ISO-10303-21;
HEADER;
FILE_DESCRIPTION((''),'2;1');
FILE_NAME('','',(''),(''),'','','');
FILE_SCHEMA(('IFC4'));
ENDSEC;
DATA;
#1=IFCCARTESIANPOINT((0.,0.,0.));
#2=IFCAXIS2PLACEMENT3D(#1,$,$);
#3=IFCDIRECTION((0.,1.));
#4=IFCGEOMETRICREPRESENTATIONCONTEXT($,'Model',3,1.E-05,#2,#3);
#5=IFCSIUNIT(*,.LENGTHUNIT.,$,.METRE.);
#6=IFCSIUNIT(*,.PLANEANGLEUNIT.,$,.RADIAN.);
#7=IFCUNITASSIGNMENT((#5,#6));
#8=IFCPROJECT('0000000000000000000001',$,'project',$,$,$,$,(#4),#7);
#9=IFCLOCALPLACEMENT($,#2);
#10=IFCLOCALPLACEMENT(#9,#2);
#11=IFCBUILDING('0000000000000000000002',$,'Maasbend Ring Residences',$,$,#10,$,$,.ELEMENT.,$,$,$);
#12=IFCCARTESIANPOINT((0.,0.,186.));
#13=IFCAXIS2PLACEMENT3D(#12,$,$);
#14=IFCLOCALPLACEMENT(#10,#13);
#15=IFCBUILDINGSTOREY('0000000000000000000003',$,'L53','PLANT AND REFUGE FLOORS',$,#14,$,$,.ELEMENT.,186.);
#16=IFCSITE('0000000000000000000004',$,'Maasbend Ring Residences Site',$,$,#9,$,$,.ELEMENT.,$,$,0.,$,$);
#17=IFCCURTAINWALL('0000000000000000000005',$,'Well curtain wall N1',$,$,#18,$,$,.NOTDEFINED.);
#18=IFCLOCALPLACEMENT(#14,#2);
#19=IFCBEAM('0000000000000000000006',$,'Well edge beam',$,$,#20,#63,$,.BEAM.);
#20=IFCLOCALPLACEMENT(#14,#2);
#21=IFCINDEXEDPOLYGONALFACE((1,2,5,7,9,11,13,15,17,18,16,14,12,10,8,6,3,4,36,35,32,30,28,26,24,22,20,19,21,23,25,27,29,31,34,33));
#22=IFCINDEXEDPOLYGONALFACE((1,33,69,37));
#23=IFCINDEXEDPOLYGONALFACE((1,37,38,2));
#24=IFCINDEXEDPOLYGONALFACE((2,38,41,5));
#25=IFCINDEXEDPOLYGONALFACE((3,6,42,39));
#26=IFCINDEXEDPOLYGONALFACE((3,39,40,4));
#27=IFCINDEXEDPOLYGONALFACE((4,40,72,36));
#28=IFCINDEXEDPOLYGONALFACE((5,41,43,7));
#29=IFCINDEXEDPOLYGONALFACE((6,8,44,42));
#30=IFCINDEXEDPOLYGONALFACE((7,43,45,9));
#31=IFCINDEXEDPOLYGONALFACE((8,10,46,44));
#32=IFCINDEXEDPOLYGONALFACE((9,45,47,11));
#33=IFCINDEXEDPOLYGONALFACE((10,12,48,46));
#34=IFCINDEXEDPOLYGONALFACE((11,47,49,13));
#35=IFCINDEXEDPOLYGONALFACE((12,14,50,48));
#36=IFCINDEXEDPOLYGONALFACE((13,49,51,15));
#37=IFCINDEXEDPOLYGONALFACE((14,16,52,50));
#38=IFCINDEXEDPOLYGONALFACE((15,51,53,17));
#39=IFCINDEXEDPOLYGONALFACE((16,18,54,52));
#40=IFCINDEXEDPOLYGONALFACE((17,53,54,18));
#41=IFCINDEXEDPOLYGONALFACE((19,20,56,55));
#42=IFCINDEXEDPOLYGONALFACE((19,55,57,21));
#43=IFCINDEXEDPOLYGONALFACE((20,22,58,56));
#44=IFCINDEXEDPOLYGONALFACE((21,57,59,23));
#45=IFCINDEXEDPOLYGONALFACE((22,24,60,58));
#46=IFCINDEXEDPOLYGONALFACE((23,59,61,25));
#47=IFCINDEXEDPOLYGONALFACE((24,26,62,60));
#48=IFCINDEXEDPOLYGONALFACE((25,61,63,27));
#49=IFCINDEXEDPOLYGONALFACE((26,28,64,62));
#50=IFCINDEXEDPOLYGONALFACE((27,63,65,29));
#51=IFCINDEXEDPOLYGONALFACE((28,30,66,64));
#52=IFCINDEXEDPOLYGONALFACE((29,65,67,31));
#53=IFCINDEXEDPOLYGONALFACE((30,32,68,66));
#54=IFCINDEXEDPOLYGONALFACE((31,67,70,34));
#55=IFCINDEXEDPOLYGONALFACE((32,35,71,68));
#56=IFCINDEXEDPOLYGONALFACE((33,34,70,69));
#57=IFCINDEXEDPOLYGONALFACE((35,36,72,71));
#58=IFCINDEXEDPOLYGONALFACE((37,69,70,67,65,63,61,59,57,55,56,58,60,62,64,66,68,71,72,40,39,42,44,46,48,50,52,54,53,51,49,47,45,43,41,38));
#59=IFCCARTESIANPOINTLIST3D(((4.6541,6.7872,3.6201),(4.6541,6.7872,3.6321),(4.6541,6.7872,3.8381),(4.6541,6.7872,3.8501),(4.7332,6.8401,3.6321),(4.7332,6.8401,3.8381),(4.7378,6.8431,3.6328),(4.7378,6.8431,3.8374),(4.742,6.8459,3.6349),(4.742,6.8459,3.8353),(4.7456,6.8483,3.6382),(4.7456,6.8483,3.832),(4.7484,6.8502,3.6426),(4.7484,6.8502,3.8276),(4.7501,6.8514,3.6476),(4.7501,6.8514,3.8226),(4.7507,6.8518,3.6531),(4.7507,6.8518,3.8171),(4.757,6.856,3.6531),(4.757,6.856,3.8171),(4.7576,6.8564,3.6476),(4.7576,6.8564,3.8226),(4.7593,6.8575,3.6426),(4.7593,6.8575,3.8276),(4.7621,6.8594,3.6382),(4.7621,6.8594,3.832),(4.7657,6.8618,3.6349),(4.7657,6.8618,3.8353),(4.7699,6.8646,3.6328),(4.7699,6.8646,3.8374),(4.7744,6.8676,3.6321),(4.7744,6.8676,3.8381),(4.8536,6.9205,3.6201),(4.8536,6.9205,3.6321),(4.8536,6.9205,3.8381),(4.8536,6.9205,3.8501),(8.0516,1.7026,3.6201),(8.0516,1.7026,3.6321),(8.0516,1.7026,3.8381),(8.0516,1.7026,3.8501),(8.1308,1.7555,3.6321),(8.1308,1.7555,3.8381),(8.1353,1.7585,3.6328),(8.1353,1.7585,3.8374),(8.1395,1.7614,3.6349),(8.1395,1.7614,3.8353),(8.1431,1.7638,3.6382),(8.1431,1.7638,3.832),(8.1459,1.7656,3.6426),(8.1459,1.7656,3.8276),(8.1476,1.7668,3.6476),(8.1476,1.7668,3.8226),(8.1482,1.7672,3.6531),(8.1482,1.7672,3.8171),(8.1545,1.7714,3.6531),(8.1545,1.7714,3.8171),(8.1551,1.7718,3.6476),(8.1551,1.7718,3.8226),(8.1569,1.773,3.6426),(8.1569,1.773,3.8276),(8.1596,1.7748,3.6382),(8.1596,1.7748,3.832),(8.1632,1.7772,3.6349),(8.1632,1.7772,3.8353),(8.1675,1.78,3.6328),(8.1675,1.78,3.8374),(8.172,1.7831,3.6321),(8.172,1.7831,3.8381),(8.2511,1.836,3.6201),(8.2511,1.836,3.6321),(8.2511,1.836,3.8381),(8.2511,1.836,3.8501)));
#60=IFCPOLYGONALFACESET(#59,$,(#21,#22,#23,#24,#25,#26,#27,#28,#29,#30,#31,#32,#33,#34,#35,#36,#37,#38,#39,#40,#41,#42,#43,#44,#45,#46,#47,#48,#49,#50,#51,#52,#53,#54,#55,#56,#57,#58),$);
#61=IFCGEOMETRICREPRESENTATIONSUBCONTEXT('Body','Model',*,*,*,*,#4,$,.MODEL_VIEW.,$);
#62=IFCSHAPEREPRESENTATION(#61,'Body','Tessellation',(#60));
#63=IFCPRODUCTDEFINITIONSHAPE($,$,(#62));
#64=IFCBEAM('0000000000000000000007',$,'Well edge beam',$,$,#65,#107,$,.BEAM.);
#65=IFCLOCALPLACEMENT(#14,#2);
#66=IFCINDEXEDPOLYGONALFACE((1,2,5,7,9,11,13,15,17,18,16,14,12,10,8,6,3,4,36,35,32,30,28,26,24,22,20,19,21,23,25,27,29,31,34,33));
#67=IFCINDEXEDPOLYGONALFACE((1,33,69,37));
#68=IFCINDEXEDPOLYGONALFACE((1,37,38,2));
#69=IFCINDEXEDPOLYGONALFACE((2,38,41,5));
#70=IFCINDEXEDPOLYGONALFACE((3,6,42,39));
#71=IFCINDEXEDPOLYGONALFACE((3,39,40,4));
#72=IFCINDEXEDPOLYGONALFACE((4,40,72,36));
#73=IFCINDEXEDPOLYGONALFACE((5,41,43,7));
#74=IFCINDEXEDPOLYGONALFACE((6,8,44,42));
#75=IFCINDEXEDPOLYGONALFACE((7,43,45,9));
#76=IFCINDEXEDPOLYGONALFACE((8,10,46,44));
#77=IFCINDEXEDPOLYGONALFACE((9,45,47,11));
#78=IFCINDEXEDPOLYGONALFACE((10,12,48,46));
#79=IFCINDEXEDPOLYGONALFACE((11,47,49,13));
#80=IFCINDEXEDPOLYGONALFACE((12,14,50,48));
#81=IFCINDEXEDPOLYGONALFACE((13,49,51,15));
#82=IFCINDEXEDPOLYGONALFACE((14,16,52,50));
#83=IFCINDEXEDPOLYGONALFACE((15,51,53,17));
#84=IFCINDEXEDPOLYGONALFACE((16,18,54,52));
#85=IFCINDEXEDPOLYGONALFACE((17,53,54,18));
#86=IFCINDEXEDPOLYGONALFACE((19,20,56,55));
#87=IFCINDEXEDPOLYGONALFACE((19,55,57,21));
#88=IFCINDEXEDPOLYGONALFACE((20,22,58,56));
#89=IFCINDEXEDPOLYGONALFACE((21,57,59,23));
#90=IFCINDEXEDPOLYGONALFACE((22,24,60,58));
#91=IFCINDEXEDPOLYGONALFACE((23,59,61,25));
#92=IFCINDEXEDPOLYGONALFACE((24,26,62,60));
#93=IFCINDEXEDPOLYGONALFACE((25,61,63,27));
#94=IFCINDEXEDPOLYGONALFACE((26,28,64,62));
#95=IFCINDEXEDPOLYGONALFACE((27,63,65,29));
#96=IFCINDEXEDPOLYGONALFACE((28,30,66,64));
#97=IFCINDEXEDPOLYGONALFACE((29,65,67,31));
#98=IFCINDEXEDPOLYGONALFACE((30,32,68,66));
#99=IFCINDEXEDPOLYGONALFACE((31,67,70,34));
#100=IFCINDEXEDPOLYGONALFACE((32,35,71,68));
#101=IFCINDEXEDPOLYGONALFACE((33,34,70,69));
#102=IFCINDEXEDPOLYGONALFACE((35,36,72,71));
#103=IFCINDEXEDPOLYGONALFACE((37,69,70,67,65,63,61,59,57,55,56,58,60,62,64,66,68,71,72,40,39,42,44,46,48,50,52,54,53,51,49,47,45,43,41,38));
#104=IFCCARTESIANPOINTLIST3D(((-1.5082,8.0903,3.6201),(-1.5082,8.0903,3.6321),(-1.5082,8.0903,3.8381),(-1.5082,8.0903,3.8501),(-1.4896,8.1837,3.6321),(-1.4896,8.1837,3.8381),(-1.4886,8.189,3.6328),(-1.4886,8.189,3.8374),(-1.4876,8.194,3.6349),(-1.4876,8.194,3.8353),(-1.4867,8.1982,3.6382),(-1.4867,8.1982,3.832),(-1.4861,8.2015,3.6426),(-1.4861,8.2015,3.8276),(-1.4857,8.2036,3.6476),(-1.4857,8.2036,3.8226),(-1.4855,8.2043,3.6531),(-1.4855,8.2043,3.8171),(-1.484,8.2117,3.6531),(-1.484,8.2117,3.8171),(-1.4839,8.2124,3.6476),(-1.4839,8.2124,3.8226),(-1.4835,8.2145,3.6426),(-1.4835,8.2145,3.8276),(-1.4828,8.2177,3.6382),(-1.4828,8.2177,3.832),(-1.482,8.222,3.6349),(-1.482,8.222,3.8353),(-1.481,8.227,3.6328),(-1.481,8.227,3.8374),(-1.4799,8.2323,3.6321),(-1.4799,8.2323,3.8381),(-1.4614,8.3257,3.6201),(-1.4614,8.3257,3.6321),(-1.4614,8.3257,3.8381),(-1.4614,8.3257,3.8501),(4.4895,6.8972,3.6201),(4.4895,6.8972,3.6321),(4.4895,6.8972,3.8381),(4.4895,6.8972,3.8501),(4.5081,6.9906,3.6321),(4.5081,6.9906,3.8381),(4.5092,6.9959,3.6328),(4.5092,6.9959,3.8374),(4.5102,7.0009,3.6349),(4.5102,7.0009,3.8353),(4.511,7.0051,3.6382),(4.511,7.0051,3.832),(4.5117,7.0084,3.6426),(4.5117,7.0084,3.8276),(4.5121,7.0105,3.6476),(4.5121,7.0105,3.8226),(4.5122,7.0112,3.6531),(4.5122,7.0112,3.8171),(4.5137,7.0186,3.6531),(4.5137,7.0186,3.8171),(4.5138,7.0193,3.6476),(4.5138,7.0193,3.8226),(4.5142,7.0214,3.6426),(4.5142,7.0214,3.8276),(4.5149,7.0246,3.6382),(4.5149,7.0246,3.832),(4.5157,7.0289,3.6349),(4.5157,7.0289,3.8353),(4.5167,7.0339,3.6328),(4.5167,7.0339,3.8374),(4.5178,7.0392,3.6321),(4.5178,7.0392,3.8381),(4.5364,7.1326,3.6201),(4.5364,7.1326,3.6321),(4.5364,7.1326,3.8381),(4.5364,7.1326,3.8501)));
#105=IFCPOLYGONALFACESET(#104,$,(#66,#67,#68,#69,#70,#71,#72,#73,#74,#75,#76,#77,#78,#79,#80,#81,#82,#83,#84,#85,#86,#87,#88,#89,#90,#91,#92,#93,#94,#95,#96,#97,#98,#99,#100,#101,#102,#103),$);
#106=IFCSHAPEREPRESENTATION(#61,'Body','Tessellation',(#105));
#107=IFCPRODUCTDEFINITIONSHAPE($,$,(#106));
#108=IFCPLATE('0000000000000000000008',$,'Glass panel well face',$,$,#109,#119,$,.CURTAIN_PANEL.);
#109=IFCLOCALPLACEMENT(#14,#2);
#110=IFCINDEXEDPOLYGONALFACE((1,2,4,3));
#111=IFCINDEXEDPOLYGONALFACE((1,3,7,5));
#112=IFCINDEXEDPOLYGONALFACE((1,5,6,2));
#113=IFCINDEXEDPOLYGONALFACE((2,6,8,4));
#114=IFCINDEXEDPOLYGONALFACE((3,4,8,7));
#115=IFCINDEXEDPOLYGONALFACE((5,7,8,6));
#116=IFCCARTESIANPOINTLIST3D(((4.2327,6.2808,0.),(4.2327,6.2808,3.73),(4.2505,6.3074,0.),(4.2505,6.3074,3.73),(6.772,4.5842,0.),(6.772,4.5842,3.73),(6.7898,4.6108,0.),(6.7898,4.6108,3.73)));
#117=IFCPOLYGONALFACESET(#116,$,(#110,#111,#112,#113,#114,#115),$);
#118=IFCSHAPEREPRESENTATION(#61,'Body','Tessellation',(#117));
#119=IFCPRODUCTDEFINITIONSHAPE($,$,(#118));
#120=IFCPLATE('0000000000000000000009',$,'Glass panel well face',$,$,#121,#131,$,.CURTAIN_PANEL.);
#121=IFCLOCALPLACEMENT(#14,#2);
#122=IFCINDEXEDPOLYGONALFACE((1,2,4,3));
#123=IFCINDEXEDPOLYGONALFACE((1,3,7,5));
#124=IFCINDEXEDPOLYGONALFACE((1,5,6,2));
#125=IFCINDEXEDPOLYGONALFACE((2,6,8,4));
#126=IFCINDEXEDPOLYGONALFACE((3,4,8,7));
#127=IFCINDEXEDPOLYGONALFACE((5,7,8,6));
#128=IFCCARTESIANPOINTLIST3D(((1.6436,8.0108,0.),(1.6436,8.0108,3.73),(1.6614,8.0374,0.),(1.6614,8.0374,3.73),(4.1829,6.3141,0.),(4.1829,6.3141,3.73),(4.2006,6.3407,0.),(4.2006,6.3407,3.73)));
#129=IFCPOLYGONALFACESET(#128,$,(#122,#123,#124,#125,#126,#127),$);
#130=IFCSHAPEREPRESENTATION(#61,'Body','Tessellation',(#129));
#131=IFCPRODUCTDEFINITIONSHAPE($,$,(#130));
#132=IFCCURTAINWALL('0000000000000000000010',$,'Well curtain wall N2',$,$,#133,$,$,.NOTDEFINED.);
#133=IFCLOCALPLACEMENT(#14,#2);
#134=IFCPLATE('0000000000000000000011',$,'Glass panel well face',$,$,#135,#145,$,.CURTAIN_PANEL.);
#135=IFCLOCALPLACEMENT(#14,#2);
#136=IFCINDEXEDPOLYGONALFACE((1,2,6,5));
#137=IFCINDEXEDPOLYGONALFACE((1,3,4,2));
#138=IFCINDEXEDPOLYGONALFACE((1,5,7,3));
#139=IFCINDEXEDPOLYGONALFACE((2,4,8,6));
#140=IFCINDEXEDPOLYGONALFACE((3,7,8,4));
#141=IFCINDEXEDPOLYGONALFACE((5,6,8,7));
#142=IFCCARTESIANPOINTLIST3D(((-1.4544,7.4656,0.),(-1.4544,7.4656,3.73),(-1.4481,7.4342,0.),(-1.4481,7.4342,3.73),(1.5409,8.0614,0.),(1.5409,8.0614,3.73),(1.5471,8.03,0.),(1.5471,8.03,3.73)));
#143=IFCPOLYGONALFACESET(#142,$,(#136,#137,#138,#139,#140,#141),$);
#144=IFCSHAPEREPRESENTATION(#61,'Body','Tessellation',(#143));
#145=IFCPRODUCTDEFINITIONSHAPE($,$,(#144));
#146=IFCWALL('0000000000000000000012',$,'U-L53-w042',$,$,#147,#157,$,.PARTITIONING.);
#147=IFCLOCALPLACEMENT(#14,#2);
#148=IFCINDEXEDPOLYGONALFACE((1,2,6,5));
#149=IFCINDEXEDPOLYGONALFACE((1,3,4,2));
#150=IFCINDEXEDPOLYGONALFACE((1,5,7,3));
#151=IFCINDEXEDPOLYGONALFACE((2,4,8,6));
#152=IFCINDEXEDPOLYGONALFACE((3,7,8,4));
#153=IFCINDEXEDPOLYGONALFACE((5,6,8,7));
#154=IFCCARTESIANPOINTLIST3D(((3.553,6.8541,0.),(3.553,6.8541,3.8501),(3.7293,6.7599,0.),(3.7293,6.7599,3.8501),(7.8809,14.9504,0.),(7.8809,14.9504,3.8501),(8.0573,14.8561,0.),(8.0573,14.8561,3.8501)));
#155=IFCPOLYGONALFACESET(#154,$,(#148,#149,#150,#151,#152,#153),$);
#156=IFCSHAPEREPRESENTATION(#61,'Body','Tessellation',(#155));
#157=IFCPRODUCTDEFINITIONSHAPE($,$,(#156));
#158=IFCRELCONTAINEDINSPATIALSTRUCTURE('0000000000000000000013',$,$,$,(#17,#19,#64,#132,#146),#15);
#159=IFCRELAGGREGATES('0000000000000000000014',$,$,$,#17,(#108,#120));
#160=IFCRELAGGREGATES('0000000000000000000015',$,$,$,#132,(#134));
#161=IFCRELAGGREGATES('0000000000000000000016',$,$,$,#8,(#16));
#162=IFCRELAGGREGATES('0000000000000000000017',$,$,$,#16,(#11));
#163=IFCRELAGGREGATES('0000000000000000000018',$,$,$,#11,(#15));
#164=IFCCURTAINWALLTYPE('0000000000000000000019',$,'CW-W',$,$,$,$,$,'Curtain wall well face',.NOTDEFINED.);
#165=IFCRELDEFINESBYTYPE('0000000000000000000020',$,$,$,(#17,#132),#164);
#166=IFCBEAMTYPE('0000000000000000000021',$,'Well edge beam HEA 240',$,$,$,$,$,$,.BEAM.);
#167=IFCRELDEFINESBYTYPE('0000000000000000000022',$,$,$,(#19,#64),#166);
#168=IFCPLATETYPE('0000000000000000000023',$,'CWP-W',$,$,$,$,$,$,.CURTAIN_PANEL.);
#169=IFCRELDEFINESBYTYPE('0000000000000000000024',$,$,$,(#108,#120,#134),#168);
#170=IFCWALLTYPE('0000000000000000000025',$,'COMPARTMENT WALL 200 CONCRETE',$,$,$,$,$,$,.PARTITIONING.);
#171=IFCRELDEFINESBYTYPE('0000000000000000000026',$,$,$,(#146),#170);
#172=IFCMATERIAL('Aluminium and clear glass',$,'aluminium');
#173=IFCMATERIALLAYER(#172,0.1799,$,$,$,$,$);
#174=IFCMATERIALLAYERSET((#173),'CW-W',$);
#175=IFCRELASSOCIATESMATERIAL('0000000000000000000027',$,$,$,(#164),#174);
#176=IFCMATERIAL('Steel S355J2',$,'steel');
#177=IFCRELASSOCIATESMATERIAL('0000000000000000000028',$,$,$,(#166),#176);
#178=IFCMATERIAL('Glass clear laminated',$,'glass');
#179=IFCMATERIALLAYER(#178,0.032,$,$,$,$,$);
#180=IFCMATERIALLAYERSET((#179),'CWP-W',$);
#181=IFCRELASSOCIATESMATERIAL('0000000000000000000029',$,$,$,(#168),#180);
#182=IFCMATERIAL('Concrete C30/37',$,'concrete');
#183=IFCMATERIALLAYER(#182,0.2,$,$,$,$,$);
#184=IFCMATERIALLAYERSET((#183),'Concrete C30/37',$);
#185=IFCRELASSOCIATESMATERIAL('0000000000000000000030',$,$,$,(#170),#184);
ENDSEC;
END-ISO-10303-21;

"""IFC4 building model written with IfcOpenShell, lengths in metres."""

from ifc_helpers import new_model, si_unit, direction, frame, frame_2d, origin, origin_2d, place, context, subcontext, project, spatial, rectangle, i_section, extrude, material, layer, layer_set, material_profile, profile_set, type_object, element, aggregate, save


model = new_model("IFC4")

# Units and contexts
model_context = context("Model", 3, precision=1e-05, world=origin(), true_north=direction((0.0, 1.0)))
body_context = subcontext(model_context, "Body", "Model", "MODEL_VIEW")
ifc_project = project(units=[si_unit("LENGTHUNIT", "METRE"), si_unit("PLANEANGLEUNIT", "RADIAN")], contexts=[model_context])

# Site, building, storey
site_placement = place(None, origin())
site = spatial("IfcSite", under=ifc_project, at=site_placement, Name="Maasbend Ring Residences Site", CompositionType="ELEMENT", RefElevation=0.0)
building_placement = place(site_placement, origin())
building = spatial("IfcBuilding", under=site, at=building_placement, Name="Maasbend Ring Residences", CompositionType="ELEMENT")
storey_placement = place(building_placement, frame((0.0, 0.0, 186.0)))
storey = spatial("IfcBuildingStorey", under=building, at=storey_placement, Name="L53", Description="PLANT AND REFUGE FLOORS", CompositionType="ELEMENT", Elevation=186.0)

# Curtain wall
ifc_material_1 = material(Name="Aluminium and clear glass", Category="aluminium")
ifc_layer_1 = layer(ifc_material_1, 0.1799)
ifc_layer_set_1 = layer_set([ifc_layer_1], Name="CW-W")
curtain_wall_type = type_object("IfcCurtainWallType", Name="CW-W", ElementType="Curtain wall well face", PredefinedType="NOTDEFINED", material=ifc_layer_set_1)
curtain_wall_1_placement = place(storey_placement, origin())
curtain_wall_1 = element("IfcCurtainWall", 1, at=curtain_wall_1_placement, inside=storey, type_object=curtain_wall_type, Name="Well curtain wall N1", PredefinedType="NOTDEFINED")

# Beams
ifc_material_2 = material(Name="Steel S355J2", Category="steel")
ifc_material_profile_1 = material_profile(ifc_material_2, i_section(OverallWidth=0.24, OverallDepth=0.23, WebThickness=0.0076, FlangeThickness=0.012, FilletRadius=0.021, at=origin_2d()), Name="HEA 240")
ifc_profile_set_1 = profile_set([ifc_material_profile_1], Name="Steel S355J2")
beam_type = type_object("IfcBeamType", Name="Well edge beam HEA 240", PredefinedType="BEAM", material=ifc_profile_set_1)
for number, where, z_axis, x_axis, name in (
    (2, (8.1514, 1.7693, 3.7351), (-0.555584, 0.83146, 0.0), (-0.83146, -0.555584, 0.0), "Well edge beam"),
    (3, (4.5129, 7.0149, 3.7351), (-0.980783, 0.195103, 0.0), (-0.195103, -0.980783, 0.0), "Well edge beam"),
):
    element("IfcBeam", number, at=place(storey_placement, frame(where, z_axis=z_axis, x_axis=x_axis)), inside=storey, type_object=beam_type, Name=name, PredefinedType="BEAM", context=body_context, shape_type="SweptSolid", body=[
        extrude(i_section(OverallWidth=0.24, OverallDepth=0.23, WebThickness=0.0076, FlangeThickness=0.012, FilletRadius=0.021, at=origin_2d()), origin(), (0.0, 0.0, 1.0), 6.1152),
    ])

# Plates
ifc_material_3 = material(Name="Glass clear laminated", Category="glass")
ifc_layer_2 = layer(ifc_material_3, 0.032)
ifc_layer_set_2 = layer_set([ifc_layer_2], Name="CWP-W")
plate_type = type_object("IfcPlateType", Name="CWP-W", PredefinedType="CURTAIN_PANEL", material=ifc_layer_set_2)
plate_1_placement = place(storey_placement, frame((5.5112, 5.4458, 0.0), z_axis=(0.0, 0.0, 1.0), x_axis=(-0.83147, 0.55557, 0.0)))
plate_1 = element("IfcPlate", 4, at=plate_1_placement, type_object=plate_type, Name="Glass panel well face", PredefinedType="CURTAIN_PANEL", context=body_context, shape_type="SweptSolid", body=[
    extrude(rectangle(XDim=3.054, YDim=0.032, at=origin_2d()), origin(), (0.0, 0.0, 1.0), 3.73),
])
plate_2_placement = place(storey_placement, frame((2.9221, 7.1758, 0.0), z_axis=(0.0, 0.0, 1.0), x_axis=(-0.83147, 0.55557, 0.0)))
plate_2 = element("IfcPlate", 5, at=plate_2_placement, type_object=plate_type, Name="Glass panel well face", PredefinedType="CURTAIN_PANEL", context=body_context, shape_type="SweptSolid", body=[
    extrude(rectangle(XDim=3.054, YDim=0.032, at=origin_2d()), origin(), (0.0, 0.0, 1.0), 3.73),
])
aggregate(curtain_wall_1, [plate_1, plate_2])

# Curtain wall, plate
curtain_wall_2_placement = place(storey_placement, origin())
curtain_wall_2 = element("IfcCurtainWall", 6, at=curtain_wall_2_placement, inside=storey, type_object=curtain_wall_type, Name="Well curtain wall N2", PredefinedType="NOTDEFINED")
plate_3_placement = place(storey_placement, frame((0.0464, 7.7478, 0.0), z_axis=(0.0, 0.0, 1.0), x_axis=(-0.980785, -0.19509, 0.0)))
plate_3 = element("IfcPlate", 7, at=plate_3_placement, type_object=plate_type, Name="Glass panel well face", PredefinedType="CURTAIN_PANEL", context=body_context, shape_type="SweptSolid", body=[
    extrude(rectangle(XDim=3.054, YDim=0.032, at=origin_2d()), origin(), (0.0, 0.0, 1.0), 3.73),
])
aggregate(curtain_wall_2, [plate_3])

# Wall
ifc_material_4 = material(Name="Concrete C30/37", Category="concrete")
ifc_layer_3 = layer(ifc_material_4, 0.2)
ifc_layer_set_3 = layer_set([ifc_layer_3], Name="Concrete C30/37")
wall_type_1 = type_object("IfcWallType", Name="COMPARTMENT WALL 200 CONCRETE", PredefinedType="PARTITIONING", material=ifc_layer_set_3)
wall_1_placement = place(storey_placement, frame((3.6411, 6.8069, 0.0), z_axis=(0.0, 0.0, 1.0), x_axis=(0.471429, 0.881904, 0.0)))
element("IfcWall", 8, at=wall_1_placement, inside=storey, type_object=wall_type_1, Name="U-L53-w042", PredefinedType="PARTITIONING", context=body_context, shape_type="SweptSolid", body=[
    extrude(rectangle(XDim=9.1804, YDim=0.2, at=frame_2d((4.5903, 0.0))), origin(), (0.0, 0.0, 1.0), 3.8501),
])

save(model, "model.ifc")
